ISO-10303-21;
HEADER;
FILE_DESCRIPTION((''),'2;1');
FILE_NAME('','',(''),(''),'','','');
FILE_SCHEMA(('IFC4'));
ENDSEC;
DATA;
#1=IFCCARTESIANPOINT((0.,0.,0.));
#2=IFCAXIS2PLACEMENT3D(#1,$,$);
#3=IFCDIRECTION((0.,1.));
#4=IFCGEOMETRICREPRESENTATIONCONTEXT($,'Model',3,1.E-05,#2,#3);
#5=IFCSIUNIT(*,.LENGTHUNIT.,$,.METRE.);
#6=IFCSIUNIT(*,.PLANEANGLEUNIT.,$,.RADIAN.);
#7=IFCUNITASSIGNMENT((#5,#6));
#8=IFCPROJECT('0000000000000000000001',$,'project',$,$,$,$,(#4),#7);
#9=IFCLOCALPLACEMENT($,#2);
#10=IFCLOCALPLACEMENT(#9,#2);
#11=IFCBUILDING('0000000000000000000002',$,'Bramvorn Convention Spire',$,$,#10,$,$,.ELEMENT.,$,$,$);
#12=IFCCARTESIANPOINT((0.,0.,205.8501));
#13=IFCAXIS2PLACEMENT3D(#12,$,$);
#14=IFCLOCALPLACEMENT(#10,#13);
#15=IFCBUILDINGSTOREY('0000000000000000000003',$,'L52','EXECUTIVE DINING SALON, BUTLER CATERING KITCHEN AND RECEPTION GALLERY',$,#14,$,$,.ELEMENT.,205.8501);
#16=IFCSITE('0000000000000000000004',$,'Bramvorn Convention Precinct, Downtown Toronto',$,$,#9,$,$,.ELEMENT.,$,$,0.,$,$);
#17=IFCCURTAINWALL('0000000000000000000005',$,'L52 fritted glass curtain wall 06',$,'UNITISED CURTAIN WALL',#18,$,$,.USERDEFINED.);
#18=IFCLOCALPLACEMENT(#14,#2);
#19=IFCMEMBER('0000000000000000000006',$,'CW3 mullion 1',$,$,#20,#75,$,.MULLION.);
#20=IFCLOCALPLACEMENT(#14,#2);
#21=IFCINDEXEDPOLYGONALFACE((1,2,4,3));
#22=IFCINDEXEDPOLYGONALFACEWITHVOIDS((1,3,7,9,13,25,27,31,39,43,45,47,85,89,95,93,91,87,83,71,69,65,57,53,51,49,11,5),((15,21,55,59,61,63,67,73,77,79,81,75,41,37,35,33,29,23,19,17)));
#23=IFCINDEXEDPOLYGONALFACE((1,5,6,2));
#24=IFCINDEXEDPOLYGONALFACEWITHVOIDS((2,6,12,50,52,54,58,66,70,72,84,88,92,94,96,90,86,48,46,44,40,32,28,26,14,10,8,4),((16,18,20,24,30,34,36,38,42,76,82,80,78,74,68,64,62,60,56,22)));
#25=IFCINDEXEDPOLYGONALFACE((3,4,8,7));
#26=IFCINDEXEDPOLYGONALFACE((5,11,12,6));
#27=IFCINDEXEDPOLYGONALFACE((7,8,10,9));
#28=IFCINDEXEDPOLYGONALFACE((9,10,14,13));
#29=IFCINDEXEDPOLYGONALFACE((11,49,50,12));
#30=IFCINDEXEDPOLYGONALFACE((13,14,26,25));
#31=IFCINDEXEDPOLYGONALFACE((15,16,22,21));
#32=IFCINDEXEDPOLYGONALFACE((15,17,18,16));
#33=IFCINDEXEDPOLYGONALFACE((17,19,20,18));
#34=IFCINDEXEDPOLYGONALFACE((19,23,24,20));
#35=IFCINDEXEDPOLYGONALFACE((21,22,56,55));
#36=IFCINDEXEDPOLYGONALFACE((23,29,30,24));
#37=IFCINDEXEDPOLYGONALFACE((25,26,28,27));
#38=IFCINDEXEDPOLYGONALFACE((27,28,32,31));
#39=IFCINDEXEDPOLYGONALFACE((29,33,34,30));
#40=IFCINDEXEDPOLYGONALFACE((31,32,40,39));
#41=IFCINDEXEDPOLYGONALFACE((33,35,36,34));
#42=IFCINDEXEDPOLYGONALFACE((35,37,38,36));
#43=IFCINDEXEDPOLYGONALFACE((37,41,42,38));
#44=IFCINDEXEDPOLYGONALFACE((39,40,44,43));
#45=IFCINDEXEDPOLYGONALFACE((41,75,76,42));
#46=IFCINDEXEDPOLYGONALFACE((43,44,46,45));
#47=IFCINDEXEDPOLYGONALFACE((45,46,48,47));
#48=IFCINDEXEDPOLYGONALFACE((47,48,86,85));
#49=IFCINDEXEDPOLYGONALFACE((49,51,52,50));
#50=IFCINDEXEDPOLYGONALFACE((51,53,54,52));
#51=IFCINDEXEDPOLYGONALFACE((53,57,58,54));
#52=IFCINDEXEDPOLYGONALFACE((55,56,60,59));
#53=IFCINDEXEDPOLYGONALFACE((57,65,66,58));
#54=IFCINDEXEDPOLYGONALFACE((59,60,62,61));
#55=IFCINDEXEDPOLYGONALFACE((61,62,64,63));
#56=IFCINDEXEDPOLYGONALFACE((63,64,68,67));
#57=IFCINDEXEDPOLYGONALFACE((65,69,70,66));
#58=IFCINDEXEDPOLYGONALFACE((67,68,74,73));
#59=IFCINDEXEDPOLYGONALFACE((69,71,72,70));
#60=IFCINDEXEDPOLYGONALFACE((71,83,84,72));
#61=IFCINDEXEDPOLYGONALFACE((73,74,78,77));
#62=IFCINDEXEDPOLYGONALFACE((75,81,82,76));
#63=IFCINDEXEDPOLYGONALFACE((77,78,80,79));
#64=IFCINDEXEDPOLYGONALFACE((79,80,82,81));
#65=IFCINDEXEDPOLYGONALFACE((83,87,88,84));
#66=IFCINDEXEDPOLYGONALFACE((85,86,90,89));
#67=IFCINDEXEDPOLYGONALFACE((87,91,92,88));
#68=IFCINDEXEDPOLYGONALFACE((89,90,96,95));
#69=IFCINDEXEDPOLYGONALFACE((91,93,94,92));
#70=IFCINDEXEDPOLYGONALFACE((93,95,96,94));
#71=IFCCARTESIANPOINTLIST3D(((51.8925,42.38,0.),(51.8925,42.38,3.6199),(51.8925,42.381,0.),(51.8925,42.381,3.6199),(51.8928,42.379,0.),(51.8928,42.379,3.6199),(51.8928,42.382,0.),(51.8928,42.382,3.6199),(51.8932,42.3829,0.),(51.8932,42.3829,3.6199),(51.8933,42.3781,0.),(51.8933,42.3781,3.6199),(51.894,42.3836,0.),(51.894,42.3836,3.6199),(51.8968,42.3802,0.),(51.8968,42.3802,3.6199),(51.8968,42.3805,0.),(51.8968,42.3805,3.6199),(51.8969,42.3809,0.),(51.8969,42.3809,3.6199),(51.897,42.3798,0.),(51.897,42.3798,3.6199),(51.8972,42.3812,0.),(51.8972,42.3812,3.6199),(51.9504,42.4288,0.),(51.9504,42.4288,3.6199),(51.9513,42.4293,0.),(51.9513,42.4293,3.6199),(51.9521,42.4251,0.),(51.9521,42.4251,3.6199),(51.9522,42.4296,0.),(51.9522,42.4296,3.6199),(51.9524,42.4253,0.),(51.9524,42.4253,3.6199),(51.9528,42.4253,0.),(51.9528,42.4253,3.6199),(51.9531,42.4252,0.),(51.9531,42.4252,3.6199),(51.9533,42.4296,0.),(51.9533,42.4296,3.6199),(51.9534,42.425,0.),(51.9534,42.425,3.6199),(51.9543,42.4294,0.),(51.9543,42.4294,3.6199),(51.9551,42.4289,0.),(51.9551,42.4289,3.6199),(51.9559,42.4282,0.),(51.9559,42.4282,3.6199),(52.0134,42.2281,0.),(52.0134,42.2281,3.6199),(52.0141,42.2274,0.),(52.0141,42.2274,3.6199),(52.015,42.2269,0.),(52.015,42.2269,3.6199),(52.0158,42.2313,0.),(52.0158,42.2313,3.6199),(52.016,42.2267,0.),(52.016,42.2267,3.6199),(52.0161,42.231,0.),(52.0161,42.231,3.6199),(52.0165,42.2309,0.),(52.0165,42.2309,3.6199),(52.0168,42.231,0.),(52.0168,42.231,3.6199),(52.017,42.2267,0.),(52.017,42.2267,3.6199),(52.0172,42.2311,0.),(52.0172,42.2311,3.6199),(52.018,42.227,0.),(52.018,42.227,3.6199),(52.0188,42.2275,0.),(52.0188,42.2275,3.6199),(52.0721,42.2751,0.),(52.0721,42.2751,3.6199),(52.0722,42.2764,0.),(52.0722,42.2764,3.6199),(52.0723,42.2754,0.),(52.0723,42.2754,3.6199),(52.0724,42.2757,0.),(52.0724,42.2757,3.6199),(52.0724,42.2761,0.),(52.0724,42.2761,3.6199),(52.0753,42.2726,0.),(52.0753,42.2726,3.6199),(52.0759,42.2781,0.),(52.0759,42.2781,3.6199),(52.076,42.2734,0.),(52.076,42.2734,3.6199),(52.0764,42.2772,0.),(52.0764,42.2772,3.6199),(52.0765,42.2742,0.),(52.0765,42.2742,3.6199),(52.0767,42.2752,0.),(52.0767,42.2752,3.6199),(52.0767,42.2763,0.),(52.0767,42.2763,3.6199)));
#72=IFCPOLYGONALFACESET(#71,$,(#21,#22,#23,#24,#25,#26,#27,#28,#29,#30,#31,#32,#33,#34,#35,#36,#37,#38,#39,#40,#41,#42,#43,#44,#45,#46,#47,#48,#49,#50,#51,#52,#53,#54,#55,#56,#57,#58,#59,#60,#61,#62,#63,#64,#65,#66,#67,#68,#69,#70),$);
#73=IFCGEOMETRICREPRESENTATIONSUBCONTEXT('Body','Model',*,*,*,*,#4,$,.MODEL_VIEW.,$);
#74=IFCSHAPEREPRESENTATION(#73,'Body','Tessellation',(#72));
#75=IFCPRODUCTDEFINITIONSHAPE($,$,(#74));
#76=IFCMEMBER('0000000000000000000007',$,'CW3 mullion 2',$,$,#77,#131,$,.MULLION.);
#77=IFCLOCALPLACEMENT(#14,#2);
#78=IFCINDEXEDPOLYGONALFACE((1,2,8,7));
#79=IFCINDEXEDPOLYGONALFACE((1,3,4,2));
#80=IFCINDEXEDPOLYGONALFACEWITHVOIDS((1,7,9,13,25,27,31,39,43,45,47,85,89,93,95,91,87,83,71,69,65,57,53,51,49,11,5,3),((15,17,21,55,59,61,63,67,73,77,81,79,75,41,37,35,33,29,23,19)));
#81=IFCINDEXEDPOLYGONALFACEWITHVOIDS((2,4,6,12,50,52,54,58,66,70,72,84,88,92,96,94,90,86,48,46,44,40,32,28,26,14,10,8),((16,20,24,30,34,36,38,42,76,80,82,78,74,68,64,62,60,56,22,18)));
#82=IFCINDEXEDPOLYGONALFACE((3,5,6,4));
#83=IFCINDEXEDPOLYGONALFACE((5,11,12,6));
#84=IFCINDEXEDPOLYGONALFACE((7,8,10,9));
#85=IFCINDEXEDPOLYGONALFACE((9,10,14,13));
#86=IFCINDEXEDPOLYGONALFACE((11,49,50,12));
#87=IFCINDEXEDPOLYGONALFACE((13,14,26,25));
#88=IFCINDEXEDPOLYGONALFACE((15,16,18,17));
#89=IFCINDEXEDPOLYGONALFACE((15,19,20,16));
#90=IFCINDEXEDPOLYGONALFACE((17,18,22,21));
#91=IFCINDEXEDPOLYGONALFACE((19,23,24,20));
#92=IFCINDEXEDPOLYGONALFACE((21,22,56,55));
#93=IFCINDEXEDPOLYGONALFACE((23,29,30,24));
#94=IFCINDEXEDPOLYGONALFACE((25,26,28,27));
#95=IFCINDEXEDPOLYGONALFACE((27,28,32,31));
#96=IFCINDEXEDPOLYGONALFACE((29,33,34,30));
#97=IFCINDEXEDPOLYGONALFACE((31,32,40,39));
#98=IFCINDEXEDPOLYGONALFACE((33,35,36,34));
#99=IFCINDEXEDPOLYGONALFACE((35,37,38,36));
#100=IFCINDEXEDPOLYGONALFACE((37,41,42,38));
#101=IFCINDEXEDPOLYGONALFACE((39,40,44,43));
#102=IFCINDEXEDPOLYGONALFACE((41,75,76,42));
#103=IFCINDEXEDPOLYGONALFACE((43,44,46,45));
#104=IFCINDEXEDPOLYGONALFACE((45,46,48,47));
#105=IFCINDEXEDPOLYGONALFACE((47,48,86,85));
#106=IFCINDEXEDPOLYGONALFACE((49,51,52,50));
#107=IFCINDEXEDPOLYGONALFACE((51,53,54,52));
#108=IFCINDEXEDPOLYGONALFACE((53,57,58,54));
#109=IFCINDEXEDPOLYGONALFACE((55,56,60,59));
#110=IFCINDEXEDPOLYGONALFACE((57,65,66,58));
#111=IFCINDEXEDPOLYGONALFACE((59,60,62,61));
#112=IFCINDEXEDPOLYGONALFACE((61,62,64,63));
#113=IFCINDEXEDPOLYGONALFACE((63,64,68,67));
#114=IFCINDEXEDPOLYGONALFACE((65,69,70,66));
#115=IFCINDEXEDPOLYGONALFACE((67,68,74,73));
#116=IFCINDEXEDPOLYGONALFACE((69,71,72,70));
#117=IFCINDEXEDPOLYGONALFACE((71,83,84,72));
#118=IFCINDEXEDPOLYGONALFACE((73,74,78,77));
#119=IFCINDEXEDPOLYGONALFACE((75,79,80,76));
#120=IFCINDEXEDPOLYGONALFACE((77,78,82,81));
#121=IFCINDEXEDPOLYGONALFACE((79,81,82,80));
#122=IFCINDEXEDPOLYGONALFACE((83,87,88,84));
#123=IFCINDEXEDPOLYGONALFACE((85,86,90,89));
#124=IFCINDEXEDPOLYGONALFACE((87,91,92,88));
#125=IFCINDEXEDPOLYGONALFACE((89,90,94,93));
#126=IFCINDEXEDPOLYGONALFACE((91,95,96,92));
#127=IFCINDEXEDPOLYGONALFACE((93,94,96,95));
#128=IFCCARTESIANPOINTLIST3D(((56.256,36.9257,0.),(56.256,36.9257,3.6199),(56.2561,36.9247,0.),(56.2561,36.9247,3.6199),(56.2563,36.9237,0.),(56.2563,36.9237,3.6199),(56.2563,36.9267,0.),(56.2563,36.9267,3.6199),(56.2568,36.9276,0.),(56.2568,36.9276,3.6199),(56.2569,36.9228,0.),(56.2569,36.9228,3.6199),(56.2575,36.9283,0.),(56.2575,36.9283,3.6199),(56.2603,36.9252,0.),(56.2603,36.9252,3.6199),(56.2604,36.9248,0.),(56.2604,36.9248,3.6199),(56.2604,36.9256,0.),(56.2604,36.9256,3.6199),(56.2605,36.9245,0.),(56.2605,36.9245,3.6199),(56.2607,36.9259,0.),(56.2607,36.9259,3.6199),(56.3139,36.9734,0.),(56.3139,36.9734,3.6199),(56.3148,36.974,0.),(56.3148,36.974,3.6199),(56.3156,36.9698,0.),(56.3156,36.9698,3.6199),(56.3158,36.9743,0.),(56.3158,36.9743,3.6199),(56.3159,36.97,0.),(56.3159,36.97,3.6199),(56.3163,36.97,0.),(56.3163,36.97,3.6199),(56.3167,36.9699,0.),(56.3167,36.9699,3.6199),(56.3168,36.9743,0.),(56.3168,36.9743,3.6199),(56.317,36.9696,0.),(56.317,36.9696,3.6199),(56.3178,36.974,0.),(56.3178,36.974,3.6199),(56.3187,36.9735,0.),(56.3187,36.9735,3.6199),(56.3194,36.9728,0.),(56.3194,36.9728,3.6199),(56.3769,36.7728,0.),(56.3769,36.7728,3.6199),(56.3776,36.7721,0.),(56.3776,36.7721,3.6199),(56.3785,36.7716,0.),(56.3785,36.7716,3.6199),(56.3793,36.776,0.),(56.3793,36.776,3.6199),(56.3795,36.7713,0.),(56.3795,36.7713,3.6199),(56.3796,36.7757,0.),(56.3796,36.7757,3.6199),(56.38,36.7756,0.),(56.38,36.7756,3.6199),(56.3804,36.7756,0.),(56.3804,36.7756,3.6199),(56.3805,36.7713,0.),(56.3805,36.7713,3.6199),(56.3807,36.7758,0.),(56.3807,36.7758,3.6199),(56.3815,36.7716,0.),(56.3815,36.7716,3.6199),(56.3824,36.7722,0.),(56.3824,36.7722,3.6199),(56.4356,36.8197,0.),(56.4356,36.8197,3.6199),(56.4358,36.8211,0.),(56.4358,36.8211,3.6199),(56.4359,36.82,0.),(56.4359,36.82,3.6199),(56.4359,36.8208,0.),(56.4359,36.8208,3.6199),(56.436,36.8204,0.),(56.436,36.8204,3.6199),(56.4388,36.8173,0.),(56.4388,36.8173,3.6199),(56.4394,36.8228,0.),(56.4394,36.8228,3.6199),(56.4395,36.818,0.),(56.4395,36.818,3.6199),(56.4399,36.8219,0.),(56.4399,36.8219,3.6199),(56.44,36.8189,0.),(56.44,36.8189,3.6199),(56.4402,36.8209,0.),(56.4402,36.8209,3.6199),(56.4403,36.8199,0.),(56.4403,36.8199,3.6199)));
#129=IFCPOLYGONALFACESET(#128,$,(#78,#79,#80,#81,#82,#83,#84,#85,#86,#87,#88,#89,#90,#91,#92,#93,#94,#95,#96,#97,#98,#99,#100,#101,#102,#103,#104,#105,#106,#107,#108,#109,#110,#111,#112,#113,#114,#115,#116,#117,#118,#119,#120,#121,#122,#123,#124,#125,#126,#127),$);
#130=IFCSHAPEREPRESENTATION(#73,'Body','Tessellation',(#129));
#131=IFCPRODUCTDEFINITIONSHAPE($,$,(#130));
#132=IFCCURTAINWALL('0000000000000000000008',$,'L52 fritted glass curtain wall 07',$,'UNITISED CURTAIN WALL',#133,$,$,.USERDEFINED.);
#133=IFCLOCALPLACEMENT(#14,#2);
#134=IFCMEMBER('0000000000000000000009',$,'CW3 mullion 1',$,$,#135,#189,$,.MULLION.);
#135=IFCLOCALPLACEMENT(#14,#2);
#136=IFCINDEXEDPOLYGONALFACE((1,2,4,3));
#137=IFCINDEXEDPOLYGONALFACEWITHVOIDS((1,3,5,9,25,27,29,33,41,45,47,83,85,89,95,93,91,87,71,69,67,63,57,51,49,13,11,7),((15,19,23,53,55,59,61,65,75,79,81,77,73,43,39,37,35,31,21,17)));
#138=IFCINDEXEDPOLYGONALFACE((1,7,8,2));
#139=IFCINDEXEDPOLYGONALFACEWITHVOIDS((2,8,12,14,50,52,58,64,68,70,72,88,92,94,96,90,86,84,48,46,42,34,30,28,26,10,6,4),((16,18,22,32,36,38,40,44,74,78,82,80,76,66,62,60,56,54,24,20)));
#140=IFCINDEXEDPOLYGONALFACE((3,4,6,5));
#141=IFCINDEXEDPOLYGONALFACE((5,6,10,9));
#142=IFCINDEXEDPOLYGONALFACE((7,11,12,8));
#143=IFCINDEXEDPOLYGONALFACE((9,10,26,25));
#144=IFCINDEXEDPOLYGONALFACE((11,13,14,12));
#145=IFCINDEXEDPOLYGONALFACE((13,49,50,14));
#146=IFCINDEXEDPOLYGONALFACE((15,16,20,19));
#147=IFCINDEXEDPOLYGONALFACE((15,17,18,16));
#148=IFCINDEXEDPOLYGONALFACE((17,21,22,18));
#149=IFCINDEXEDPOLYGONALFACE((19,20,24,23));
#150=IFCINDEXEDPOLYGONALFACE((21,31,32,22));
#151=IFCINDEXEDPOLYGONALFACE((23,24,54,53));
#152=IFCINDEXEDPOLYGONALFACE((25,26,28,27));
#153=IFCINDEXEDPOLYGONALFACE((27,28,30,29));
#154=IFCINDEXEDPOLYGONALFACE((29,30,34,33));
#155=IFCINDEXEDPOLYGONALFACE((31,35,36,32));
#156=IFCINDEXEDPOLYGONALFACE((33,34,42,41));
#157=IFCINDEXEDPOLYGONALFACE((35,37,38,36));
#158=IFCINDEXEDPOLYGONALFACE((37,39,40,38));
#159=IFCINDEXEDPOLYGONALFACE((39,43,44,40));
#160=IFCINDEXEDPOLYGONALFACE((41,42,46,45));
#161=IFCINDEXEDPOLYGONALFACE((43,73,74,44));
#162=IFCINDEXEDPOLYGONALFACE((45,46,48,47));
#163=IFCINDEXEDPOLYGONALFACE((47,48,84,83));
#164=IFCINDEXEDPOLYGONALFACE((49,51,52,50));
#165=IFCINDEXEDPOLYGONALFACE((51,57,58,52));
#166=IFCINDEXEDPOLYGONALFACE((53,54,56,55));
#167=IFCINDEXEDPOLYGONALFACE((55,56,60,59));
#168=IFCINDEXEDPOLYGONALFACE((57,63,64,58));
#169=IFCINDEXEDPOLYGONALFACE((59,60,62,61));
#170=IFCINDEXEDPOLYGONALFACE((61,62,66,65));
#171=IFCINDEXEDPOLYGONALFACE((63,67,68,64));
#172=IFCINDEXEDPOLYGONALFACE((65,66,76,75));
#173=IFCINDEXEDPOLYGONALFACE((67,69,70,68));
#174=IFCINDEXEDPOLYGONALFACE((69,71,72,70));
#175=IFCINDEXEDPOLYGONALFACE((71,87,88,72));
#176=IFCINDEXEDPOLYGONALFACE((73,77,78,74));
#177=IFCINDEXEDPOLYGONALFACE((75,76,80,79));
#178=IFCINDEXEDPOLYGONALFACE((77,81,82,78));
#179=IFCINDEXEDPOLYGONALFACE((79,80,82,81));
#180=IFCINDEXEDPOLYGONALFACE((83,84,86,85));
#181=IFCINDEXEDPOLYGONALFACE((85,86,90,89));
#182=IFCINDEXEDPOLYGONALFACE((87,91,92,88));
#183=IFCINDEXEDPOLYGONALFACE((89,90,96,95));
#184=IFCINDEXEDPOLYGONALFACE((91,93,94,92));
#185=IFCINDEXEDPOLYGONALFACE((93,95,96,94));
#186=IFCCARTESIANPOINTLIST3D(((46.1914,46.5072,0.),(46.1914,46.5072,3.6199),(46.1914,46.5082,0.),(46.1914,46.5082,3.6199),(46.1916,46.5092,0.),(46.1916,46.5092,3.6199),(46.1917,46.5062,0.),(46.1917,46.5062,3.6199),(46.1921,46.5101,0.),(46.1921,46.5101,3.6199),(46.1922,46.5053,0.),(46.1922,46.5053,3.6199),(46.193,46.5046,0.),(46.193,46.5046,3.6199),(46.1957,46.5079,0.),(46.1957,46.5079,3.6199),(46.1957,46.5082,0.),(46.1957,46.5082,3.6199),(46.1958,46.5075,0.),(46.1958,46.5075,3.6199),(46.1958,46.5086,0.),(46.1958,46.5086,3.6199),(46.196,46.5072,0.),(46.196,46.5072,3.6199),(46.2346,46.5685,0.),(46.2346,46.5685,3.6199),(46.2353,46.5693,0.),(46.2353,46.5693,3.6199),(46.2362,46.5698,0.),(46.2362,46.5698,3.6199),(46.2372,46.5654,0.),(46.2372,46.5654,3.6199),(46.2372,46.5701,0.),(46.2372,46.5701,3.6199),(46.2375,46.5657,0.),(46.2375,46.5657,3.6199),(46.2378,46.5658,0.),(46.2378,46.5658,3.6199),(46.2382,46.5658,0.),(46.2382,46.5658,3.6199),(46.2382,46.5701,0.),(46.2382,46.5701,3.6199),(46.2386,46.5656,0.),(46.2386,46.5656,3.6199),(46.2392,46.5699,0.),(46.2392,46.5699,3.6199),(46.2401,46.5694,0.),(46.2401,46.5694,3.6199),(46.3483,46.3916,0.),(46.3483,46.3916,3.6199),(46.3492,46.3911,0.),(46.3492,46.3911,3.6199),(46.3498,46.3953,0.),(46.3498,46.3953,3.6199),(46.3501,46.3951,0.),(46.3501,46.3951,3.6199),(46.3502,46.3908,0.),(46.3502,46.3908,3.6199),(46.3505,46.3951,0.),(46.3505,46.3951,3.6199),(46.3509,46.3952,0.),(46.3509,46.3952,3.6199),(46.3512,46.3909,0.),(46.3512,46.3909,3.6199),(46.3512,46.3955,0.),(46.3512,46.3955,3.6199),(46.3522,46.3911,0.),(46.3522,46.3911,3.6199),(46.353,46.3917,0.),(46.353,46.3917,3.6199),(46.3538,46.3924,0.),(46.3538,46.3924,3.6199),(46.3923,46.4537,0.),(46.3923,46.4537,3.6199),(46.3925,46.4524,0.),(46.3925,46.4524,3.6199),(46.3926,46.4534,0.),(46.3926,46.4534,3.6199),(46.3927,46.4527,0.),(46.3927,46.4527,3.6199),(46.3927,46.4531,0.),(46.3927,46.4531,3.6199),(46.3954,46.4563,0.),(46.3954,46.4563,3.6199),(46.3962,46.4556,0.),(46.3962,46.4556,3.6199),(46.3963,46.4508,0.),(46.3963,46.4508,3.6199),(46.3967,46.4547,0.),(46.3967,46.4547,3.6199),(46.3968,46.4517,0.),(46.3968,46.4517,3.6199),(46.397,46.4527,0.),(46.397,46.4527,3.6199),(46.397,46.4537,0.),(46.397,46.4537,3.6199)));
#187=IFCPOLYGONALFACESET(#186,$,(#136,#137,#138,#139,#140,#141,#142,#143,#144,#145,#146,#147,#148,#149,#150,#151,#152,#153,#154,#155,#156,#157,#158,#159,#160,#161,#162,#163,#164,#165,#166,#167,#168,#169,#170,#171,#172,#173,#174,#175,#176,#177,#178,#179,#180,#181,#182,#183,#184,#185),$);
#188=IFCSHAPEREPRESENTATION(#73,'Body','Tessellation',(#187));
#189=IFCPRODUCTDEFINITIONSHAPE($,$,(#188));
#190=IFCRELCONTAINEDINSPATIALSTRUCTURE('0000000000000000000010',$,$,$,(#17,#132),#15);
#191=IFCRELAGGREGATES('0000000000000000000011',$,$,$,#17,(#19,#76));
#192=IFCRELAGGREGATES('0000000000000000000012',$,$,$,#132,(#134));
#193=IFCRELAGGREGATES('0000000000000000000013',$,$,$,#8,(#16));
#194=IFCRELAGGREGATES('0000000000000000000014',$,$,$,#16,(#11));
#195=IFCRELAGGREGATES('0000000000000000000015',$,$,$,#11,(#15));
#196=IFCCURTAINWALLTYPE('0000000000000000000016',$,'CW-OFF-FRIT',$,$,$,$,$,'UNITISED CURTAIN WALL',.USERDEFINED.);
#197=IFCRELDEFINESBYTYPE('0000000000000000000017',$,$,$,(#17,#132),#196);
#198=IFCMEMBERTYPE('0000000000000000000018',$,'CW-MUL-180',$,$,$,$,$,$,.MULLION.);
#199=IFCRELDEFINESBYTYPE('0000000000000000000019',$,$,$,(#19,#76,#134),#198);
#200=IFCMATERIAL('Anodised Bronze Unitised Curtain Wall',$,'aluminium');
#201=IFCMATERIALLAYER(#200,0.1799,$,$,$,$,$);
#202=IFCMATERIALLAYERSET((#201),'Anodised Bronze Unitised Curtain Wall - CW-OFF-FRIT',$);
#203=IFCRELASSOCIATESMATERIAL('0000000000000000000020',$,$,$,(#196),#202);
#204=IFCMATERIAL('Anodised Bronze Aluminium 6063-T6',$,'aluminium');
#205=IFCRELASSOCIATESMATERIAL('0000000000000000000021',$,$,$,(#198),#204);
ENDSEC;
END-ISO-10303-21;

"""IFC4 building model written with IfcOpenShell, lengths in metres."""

from ifc_helpers import new_model, si_unit, direction, frame, origin, origin_2d, place, context, subcontext, project, spatial, hollow_rectangle, extrude, material, layer, layer_set, material_profile, profile_set, type_object, element, aggregate, save


model = new_model("IFC4")

# Units and contexts
model_context = context("Model", 3, precision=1e-05, world=origin(), true_north=direction((0.0, 1.0)))
body_context = subcontext(model_context, "Body", "Model", "MODEL_VIEW")
ifc_project = project(units=[si_unit("LENGTHUNIT", "METRE"), si_unit("PLANEANGLEUNIT", "RADIAN")], contexts=[model_context])

# Site, building, storey
site_placement = place(None, origin())
site = spatial("IfcSite", under=ifc_project, at=site_placement, Name="Bramvorn Convention Precinct, Downtown Toronto", CompositionType="ELEMENT", RefElevation=0.0)
building_placement = place(site_placement, origin())
building = spatial("IfcBuilding", under=site, at=building_placement, Name="Bramvorn Convention Spire", CompositionType="ELEMENT")
storey_placement = place(building_placement, frame((0.0, 0.0, 205.8501)))
storey = spatial("IfcBuildingStorey", under=building, at=storey_placement, Name="L52", Description="EXECUTIVE DINING SALON, BUTLER CATERING KITCHEN AND RECEPTION GALLERY", CompositionType="ELEMENT", Elevation=205.8501)

# Curtain walls, members
ifc_material_1 = material(Name="Anodised Bronze Unitised Curtain Wall", Category="aluminium")
ifc_layer_1 = layer(ifc_material_1, 0.1799)
ifc_layer_set_1 = layer_set([ifc_layer_1], Name="Anodised Bronze Unitised Curtain Wall - CW-OFF-FRIT")
curtain_wall_type = type_object("IfcCurtainWallType", Name="CW-OFF-FRIT", ElementType="UNITISED CURTAIN WALL", PredefinedType="USERDEFINED", material=ifc_layer_set_1)
curtain_wall_1_placement = place(storey_placement, origin())
curtain_wall_1 = element("IfcCurtainWall", 1, at=curtain_wall_1_placement, inside=storey, type_object=curtain_wall_type, Name="L52 fritted glass curtain wall 06", ObjectType="UNITISED CURTAIN WALL", PredefinedType="USERDEFINED")
ifc_material_2 = material(Name="Anodised Bronze Aluminium 6063-T6", Category="aluminium")
ifc_material_profile_1 = material_profile(ifc_material_2, hollow_rectangle(XDim=0.0801, YDim=0.2, WallThickness=0.0039, InnerFilletRadius=0.001, OuterFilletRadius=0.0039, at=origin_2d()))
ifc_profile_set_1 = profile_set([ifc_material_profile_1], Name="Anodised Bronze Aluminium 6063-T6 - CWM80X200")
member_type_1 = type_object("IfcMemberType", Name="CW-MUL-180", PredefinedType="MULLION", material=ifc_profile_set_1)
member_1_placement = place(storey_placement, frame((51.9846, 42.3281, 0.0), z_axis=(0.0, 0.0, 1.0), x_axis=(0.78093, 0.624619, 0.0)))
member_1 = element("IfcMember", 2, at=member_1_placement, type_object=member_type_1, Name="CW3 mullion 1", PredefinedType="MULLION", context=body_context, shape_type="SweptSolid", body=[
    extrude(hollow_rectangle(XDim=0.0801, YDim=0.2, WallThickness=0.0039, InnerFilletRadius=0.001, OuterFilletRadius=0.0039, at=origin_2d()), origin(), (0.0, 0.0, 1.0), 3.6199),
])
member_2_placement = place(storey_placement, frame((56.3481, 36.8728, 0.0), z_axis=(0.0, 0.0, 1.0), x_axis=(0.78093, 0.624619, 0.0)))
member_2 = element("IfcMember", 3, at=member_2_placement, type_object=member_type_1, Name="CW3 mullion 2", PredefinedType="MULLION", context=body_context, shape_type="SweptSolid", body=[
    extrude(hollow_rectangle(XDim=0.0801, YDim=0.2, WallThickness=0.0039, InnerFilletRadius=0.001, OuterFilletRadius=0.0039, at=origin_2d()), origin(), (0.0, 0.0, 1.0), 3.6199),
])
curtain_wall_2_placement = place(storey_placement, origin())
curtain_wall_2 = element("IfcCurtainWall", 4, at=curtain_wall_2_placement, inside=storey, type_object=curtain_wall_type, Name="L52 fritted glass curtain wall 07", ObjectType="UNITISED CURTAIN WALL", PredefinedType="USERDEFINED")
member_3_placement = place(storey_placement, frame((46.2942, 46.4805, 0.0), z_axis=(0.0, 0.0, 1.0), x_axis=(0.588541, 0.808467, 0.0)))
member_3 = element("IfcMember", 5, at=member_3_placement, type_object=member_type_1, Name="CW3 mullion 1", PredefinedType="MULLION", context=body_context, shape_type="SweptSolid", body=[
    extrude(hollow_rectangle(XDim=0.0801, YDim=0.2, WallThickness=0.0039, InnerFilletRadius=0.001, OuterFilletRadius=0.0039, at=origin_2d()), origin(), (0.0, 0.0, 1.0), 3.6199),
])

aggregate(curtain_wall_1, [member_1, member_2])
aggregate(curtain_wall_2, [member_3])

save(model, "model.ifc")
